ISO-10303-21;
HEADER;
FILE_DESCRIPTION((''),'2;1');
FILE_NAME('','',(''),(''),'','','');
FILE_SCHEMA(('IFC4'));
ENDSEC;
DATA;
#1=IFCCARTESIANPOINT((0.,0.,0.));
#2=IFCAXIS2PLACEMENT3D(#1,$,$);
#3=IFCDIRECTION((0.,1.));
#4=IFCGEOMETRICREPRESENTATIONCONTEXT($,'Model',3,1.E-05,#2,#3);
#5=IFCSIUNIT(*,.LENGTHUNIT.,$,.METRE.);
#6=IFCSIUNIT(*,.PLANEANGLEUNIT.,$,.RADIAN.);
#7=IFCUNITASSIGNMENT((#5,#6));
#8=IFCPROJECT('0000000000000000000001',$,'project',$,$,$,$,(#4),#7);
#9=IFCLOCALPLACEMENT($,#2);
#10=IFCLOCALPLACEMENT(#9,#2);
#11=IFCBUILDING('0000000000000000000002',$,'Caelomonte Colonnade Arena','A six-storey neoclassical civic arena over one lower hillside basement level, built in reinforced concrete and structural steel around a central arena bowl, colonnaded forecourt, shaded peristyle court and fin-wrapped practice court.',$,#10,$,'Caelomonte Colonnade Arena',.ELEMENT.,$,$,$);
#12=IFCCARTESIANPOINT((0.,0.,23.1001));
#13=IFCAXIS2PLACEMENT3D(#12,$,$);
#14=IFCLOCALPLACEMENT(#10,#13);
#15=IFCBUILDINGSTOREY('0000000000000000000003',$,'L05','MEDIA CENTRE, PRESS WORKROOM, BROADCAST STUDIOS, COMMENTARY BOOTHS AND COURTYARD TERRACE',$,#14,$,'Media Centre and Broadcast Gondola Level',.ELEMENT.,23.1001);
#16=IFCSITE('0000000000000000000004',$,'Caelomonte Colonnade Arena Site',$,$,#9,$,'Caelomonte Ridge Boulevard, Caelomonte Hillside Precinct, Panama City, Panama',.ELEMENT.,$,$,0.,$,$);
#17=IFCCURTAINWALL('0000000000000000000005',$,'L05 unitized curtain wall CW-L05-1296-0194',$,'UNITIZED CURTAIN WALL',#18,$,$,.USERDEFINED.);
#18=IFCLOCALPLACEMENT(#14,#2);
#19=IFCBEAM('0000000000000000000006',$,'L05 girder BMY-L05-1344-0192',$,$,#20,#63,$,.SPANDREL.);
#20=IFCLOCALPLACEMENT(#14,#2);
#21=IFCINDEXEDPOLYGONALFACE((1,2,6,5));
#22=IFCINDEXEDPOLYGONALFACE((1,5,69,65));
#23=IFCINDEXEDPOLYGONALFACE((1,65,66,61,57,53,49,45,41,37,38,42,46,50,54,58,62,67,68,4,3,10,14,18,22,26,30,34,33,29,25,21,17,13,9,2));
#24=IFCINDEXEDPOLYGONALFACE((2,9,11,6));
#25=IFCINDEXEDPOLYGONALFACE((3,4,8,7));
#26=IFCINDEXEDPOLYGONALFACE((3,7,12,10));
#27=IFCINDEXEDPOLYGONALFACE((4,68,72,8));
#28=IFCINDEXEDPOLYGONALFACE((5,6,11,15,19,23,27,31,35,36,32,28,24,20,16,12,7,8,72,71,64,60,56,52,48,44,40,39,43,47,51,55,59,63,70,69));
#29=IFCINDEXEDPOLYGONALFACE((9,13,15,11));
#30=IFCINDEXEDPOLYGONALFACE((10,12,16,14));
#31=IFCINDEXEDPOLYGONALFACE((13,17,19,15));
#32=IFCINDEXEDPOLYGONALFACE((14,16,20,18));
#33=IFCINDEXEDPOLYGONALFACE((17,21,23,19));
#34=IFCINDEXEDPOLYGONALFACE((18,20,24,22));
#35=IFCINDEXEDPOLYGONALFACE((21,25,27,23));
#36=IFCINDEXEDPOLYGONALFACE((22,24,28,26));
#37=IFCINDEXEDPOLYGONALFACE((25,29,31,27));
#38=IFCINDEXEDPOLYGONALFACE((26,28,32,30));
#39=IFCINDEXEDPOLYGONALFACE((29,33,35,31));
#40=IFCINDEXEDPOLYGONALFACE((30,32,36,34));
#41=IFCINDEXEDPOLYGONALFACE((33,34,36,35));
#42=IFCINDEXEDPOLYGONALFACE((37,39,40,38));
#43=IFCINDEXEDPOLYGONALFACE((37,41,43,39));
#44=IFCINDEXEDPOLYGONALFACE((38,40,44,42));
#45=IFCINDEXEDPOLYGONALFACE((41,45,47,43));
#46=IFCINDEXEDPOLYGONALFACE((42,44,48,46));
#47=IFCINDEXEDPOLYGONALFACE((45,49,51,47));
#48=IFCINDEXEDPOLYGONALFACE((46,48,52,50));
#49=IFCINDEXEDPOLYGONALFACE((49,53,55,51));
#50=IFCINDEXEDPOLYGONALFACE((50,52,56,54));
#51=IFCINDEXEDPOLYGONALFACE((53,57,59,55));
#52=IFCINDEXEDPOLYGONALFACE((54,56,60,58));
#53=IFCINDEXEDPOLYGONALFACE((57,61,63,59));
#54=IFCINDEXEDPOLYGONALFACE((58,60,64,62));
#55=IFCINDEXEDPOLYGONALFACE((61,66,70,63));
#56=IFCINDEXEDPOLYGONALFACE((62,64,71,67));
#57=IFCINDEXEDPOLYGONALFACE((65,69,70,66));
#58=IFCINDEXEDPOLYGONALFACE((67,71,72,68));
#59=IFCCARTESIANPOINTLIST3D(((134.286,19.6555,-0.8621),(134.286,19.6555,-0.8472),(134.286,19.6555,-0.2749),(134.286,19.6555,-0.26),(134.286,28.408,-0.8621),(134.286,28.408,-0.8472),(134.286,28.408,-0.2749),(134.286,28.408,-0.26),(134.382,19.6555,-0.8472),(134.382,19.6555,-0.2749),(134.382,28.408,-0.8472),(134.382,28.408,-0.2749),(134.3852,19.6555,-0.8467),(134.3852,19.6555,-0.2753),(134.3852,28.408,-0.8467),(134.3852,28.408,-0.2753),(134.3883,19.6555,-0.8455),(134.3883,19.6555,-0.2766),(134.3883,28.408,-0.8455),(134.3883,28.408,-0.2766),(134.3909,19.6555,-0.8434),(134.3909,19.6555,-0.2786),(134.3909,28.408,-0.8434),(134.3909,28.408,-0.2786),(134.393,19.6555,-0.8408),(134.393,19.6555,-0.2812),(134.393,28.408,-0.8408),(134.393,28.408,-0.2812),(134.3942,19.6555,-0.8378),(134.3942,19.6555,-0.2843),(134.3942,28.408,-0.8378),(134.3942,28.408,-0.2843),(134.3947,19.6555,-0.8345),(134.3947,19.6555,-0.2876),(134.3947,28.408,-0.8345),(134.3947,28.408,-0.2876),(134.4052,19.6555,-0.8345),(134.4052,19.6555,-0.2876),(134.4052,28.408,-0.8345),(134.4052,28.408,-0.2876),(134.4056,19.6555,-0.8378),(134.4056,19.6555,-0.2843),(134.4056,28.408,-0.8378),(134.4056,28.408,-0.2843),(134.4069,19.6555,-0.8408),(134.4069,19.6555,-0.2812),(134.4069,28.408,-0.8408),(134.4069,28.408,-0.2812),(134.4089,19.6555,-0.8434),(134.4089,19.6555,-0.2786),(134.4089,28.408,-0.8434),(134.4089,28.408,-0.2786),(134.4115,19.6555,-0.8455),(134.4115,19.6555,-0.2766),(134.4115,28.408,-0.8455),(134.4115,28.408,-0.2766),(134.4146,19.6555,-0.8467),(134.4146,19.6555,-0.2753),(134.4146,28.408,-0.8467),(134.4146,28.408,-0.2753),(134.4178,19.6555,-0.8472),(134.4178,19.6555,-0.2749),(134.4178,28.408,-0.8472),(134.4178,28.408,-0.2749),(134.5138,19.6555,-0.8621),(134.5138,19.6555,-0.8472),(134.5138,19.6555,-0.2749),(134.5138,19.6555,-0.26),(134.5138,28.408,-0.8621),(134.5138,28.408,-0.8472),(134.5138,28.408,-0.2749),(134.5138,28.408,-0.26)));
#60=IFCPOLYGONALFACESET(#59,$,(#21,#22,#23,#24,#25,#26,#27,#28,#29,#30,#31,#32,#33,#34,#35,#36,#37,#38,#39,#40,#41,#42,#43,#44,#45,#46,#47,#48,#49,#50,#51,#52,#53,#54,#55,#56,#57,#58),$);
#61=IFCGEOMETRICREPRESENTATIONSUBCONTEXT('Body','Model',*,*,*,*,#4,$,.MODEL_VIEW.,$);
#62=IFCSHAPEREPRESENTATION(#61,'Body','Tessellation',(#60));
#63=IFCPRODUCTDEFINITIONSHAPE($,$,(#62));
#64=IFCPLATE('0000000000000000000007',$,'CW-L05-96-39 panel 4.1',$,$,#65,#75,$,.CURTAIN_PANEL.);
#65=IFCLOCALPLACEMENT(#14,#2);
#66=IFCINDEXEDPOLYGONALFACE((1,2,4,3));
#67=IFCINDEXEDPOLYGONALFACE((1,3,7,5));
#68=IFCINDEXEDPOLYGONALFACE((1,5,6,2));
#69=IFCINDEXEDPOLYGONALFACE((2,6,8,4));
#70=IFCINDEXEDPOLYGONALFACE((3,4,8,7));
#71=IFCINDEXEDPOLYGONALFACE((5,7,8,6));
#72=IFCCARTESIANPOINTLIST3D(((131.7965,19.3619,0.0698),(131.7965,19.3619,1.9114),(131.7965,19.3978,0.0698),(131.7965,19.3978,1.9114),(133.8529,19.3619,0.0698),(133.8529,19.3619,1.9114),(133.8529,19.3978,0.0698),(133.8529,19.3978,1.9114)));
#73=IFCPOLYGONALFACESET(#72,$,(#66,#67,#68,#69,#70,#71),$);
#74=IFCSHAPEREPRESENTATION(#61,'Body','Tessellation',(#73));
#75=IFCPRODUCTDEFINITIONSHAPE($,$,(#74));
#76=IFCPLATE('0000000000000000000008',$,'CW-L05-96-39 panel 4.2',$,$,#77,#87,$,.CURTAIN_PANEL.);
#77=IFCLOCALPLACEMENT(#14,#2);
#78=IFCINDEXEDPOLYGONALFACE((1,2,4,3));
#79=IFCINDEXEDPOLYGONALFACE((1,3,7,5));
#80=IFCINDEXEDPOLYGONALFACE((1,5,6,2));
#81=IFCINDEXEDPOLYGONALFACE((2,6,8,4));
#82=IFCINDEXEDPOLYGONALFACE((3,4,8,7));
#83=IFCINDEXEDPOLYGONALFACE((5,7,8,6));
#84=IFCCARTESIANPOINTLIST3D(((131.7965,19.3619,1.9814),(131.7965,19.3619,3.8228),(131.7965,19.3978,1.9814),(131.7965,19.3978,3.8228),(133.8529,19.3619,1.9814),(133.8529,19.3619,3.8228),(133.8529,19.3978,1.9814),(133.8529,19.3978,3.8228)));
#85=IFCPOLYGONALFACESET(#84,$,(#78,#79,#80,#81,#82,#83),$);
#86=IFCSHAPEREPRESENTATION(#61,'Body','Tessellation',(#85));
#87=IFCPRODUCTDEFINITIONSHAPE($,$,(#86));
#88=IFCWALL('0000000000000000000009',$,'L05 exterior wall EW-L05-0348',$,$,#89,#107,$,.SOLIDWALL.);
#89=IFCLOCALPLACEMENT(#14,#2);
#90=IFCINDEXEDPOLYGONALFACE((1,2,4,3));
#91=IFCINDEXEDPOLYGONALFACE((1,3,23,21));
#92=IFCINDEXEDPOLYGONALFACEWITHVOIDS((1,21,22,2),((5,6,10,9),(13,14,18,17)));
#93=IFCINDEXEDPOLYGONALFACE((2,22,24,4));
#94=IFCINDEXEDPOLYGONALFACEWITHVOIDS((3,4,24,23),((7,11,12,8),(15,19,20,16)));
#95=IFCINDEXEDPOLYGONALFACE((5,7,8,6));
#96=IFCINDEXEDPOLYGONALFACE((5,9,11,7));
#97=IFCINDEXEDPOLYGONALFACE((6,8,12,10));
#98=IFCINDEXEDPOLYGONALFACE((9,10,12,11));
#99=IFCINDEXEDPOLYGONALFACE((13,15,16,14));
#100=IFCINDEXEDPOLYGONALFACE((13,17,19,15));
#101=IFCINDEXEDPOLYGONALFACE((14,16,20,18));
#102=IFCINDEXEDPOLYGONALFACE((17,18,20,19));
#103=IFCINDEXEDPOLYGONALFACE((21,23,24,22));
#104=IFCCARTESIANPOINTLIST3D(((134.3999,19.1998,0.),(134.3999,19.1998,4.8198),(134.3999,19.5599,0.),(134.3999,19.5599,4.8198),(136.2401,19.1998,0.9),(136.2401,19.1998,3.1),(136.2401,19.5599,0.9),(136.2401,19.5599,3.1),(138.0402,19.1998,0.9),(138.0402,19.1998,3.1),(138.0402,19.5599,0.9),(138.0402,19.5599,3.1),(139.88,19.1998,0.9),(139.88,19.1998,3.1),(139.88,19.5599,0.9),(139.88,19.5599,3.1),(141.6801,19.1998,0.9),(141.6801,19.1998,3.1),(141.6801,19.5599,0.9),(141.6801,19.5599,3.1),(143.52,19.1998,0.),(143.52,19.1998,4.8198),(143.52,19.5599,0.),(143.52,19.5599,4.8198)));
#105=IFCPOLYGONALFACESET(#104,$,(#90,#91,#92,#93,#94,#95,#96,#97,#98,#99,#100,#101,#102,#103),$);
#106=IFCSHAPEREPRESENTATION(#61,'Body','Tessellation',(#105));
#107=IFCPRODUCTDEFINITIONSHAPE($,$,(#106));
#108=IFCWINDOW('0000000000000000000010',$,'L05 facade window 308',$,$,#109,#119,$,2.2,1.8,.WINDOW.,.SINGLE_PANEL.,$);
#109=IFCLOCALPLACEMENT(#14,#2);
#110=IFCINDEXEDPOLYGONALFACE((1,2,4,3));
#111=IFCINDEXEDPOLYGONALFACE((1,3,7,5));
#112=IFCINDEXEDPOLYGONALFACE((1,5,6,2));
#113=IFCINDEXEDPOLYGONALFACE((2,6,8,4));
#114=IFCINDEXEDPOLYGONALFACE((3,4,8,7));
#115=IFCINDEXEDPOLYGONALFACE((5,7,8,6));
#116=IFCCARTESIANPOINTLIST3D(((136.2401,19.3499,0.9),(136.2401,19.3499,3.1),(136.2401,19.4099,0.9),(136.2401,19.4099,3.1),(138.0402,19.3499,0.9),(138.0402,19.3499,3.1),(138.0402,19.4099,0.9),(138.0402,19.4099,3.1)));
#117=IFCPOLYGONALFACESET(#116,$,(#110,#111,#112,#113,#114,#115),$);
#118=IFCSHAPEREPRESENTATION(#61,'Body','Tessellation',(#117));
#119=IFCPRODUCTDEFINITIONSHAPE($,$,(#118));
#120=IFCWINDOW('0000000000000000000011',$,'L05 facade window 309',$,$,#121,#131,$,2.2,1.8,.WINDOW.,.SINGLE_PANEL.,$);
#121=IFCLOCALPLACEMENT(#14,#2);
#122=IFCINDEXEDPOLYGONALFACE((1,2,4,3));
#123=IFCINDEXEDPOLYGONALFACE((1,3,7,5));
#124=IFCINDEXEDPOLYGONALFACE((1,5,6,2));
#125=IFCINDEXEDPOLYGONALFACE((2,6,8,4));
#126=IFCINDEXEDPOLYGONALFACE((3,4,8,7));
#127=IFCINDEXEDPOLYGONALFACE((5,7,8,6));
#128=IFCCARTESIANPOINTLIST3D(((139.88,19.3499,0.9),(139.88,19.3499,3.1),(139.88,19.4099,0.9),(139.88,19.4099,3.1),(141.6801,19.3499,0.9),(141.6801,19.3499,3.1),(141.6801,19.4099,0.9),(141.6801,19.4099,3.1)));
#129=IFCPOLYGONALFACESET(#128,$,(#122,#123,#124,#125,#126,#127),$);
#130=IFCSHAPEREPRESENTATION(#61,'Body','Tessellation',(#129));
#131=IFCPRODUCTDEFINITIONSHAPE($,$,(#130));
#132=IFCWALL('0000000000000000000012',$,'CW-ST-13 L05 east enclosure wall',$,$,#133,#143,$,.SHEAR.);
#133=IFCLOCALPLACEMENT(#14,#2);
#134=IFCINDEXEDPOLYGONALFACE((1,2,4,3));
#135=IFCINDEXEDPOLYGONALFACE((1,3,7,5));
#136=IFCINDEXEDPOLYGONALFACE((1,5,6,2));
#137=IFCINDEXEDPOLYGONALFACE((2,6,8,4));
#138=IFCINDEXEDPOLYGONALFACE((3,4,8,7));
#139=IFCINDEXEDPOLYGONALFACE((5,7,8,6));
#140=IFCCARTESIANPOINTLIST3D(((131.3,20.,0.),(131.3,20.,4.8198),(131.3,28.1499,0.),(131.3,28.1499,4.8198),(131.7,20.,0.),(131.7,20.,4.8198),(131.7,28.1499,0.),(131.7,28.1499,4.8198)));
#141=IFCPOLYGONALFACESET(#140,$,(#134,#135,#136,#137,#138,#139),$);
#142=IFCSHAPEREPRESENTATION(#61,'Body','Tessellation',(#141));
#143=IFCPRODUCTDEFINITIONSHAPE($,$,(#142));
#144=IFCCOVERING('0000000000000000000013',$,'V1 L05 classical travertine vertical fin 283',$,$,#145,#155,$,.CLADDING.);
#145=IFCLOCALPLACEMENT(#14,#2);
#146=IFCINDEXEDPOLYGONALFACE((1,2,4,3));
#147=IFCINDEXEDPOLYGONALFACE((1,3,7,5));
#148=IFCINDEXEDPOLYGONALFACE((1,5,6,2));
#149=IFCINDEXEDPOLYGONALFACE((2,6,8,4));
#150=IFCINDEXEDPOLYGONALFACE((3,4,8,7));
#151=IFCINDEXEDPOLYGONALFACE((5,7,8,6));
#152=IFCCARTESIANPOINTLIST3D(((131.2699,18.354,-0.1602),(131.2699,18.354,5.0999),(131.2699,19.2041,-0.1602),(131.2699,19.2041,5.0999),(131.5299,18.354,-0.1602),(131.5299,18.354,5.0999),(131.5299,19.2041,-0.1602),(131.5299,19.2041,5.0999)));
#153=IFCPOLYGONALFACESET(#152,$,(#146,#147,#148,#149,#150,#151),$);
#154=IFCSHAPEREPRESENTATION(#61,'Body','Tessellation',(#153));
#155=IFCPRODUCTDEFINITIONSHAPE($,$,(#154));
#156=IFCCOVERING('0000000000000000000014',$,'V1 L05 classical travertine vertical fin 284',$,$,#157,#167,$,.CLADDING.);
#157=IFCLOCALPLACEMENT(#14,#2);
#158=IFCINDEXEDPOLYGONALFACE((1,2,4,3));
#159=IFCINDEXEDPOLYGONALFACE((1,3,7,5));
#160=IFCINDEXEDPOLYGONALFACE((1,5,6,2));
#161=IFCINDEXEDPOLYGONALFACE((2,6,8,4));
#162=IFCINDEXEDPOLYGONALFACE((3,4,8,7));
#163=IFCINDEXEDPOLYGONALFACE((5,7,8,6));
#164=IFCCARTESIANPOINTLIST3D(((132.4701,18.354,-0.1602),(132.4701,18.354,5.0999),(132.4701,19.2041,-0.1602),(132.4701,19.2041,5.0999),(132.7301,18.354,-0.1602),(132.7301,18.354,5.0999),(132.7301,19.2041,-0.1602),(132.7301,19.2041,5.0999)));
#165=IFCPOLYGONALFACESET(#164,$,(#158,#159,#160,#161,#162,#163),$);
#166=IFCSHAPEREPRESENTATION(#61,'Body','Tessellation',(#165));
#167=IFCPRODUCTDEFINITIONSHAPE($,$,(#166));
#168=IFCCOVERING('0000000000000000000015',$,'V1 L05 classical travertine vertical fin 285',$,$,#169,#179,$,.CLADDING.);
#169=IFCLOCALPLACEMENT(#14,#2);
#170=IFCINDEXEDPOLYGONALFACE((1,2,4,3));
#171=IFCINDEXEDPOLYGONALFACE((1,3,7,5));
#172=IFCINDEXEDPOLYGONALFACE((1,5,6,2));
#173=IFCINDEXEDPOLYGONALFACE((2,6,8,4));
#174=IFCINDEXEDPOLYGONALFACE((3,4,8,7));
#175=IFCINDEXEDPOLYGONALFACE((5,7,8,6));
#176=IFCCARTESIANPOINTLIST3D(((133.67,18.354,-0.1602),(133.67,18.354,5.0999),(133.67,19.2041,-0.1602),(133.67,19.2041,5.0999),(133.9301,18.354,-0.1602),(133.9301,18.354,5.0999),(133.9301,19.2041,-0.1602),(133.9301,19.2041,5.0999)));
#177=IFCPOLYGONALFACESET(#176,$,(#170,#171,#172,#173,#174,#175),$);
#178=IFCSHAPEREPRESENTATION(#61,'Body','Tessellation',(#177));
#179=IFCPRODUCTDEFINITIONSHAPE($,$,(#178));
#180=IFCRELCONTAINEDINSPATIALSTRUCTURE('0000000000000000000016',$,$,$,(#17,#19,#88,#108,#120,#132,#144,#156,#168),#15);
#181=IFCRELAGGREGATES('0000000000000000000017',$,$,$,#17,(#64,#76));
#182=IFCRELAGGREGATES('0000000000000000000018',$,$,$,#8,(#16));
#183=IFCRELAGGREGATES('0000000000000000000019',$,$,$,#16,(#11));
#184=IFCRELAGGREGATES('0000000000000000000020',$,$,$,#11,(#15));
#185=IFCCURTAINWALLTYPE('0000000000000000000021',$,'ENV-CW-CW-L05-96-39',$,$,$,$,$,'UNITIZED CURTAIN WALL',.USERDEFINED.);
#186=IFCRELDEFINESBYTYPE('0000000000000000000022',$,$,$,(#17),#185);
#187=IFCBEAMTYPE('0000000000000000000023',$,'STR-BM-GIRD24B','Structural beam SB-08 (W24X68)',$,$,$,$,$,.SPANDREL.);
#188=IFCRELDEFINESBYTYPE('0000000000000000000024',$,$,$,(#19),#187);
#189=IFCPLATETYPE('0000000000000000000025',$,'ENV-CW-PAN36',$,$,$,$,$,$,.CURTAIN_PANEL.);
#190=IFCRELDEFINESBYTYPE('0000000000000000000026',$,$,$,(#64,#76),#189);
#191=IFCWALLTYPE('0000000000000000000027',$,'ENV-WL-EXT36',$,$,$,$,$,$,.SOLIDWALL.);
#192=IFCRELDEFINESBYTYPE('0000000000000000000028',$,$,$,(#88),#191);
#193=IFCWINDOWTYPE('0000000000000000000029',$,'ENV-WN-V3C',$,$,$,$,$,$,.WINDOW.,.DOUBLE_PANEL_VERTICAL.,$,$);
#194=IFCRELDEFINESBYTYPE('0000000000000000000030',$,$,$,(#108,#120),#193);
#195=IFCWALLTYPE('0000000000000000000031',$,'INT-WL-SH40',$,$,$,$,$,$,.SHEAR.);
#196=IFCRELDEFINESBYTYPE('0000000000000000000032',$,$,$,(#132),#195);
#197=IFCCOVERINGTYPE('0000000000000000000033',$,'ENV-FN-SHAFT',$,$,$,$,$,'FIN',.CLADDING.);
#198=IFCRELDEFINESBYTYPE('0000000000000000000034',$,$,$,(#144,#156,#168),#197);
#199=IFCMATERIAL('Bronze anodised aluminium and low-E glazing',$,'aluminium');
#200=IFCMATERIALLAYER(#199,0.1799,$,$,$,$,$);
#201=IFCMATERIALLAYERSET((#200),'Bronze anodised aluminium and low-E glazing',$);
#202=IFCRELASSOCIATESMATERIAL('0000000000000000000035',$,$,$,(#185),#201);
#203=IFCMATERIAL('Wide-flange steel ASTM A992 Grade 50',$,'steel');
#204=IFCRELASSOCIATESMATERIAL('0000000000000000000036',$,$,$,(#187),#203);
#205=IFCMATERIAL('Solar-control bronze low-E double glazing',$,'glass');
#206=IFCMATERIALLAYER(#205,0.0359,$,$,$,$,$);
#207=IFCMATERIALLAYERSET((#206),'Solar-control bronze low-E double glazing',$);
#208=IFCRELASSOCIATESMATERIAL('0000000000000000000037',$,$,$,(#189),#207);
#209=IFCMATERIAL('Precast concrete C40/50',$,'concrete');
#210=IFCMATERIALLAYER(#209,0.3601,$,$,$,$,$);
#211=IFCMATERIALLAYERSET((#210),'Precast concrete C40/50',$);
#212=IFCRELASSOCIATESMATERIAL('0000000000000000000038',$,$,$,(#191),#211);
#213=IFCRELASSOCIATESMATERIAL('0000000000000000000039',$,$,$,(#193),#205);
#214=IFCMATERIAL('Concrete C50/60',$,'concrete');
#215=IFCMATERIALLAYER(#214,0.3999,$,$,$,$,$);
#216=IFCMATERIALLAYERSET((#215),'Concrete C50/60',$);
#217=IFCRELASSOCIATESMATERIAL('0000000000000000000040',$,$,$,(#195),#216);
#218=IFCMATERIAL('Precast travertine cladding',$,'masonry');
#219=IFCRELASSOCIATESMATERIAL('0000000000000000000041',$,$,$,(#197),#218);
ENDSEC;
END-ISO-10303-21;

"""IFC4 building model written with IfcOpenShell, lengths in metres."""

from ifc_helpers import new_model, si_unit, direction, frame, frame_2d, origin, origin_2d, place, context, subcontext, project, spatial, rectangle, i_section, extrude, material, layer, layer_set, material_profile, profile_set, type_object, element, fill, aggregate, save


model = new_model("IFC4")

# Units and contexts
model_context = context("Model", 3, precision=1e-05, world=origin(), true_north=direction((0.0, 1.0)))
body_context = subcontext(model_context, "Body", "Model", "MODEL_VIEW")
ifc_project = project(units=[si_unit("LENGTHUNIT", "METRE"), si_unit("PLANEANGLEUNIT", "RADIAN")], contexts=[model_context])

# Site, building, storey
site_placement = place(None, origin())
site = spatial("IfcSite", under=ifc_project, at=site_placement, Name="Caelomonte Colonnade Arena Site", LongName="Caelomonte Ridge Boulevard, Caelomonte Hillside Precinct, Panama City, Panama", CompositionType="ELEMENT", RefElevation=0.0)
building_placement = place(site_placement, origin())
building = spatial("IfcBuilding", under=site, at=building_placement, Name="Caelomonte Colonnade Arena", Description="A six-storey neoclassical civic arena over one lower hillside basement level, built in reinforced concrete and structural steel around a central arena bowl, colonnaded forecourt, shaded peristyle court and fin-wrapped practice court.", LongName="Caelomonte Colonnade Arena", CompositionType="ELEMENT")
storey_placement = place(building_placement, frame((0.0, 0.0, 23.1001)))
storey = spatial("IfcBuildingStorey", under=building, at=storey_placement, Name="L05", Description="MEDIA CENTRE, PRESS WORKROOM, BROADCAST STUDIOS, COMMENTARY BOOTHS AND COURTYARD TERRACE", LongName="Media Centre and Broadcast Gondola Level", CompositionType="ELEMENT", Elevation=23.1001)

# Shared definitions
ifc_material_1 = material(Name="Wide-flange steel ASTM A992 Grade 50", Category="steel")

# Curtain wall
ifc_material_2 = material(Name="Bronze anodised aluminium and low-E glazing", Category="aluminium")
ifc_layer_1 = layer(ifc_material_2, 0.1799)
ifc_layer_set_1 = layer_set([ifc_layer_1], Name="Bronze anodised aluminium and low-E glazing")
curtain_wall_type = type_object("IfcCurtainWallType", Name="ENV-CW-CW-L05-96-39", ElementType="UNITIZED CURTAIN WALL", PredefinedType="USERDEFINED", material=ifc_layer_set_1)
curtain_wall_placement = place(storey_placement, origin())
curtain_wall = element("IfcCurtainWall", 1, at=curtain_wall_placement, inside=storey, type_object=curtain_wall_type, Name="L05 unitized curtain wall CW-L05-1296-0194", ObjectType="UNITIZED CURTAIN WALL", PredefinedType="USERDEFINED")

# Beam
ifc_material_profile_1 = material_profile(ifc_material_1, i_section(OverallWidth=0.2278, OverallDepth=0.6021, WebThickness=0.0105, FlangeThickness=0.0149, FilletRadius=0.0127, at=origin_2d()), Name="W24X68")
ifc_profile_set_1 = profile_set([ifc_material_profile_1], Name="Wide-flange steel ASTM A992 Grade 50")
beam_type_1 = type_object("IfcBeamType", Name="STR-BM-GIRD24B", Description="Structural beam SB-08 (W24X68)", PredefinedType="SPANDREL", material=ifc_profile_set_1)
beam_1_placement = place(storey_placement, frame((134.3999, 19.6555, -0.561), z_axis=(0.0, 1.0, 0.0), x_axis=(-1.0, 0.0, 0.0)))
element("IfcBeam", 2, at=beam_1_placement, inside=storey, type_object=beam_type_1, Name="L05 girder BMY-L05-1344-0192", PredefinedType="SPANDREL", context=body_context, shape_type="SweptSolid", body=[
    extrude(i_section(OverallWidth=0.2278, OverallDepth=0.6021, WebThickness=0.0105, FlangeThickness=0.0149, FilletRadius=0.0127, at=origin_2d()), origin(), (0.0, 0.0, 1.0), 8.7524),
])

# Plates
ifc_material_3 = material(Name="Solar-control bronze low-E double glazing", Category="glass")
ifc_layer_2 = layer(ifc_material_3, 0.0359)
ifc_layer_set_2 = layer_set([ifc_layer_2], Name="Solar-control bronze low-E double glazing")
plate_type = type_object("IfcPlateType", Name="ENV-CW-PAN36", PredefinedType="CURTAIN_PANEL", material=ifc_layer_set_2)
plate_1_placement = place(storey_placement, frame((132.8247, 19.3799, 0.0698), z_axis=(0.0, 0.0, 1.0), x_axis=(1.0, 0.0, 0.0)))
plate_1 = element("IfcPlate", 3, at=plate_1_placement, type_object=plate_type, Name="CW-L05-96-39 panel 4.1", PredefinedType="CURTAIN_PANEL", context=body_context, shape_type="SweptSolid", body=[
    extrude(rectangle(XDim=2.0564, YDim=0.0359, at=origin_2d()), origin(), (0.0, 0.0, 1.0), 1.8416),
])
plate_2_placement = place(storey_placement, frame((132.8247, 19.3799, 1.9814), z_axis=(0.0, 0.0, 1.0), x_axis=(1.0, 0.0, 0.0)))
plate_2 = element("IfcPlate", 4, at=plate_2_placement, type_object=plate_type, Name="CW-L05-96-39 panel 4.2", PredefinedType="CURTAIN_PANEL", context=body_context, shape_type="SweptSolid", body=[
    extrude(rectangle(XDim=2.0564, YDim=0.0359, at=origin_2d()), origin(), (0.0, 0.0, 1.0), 1.8413),
])
aggregate(curtain_wall, [plate_1, plate_2])

# Wall, openings, windows
ifc_material_4 = material(Name="Precast concrete C40/50", Category="concrete")
ifc_layer_3 = layer(ifc_material_4, 0.3601)
ifc_layer_set_3 = layer_set([ifc_layer_3], Name="Precast concrete C40/50")
wall_type_1 = type_object("IfcWallType", Name="ENV-WL-EXT36", PredefinedType="SOLIDWALL", material=ifc_layer_set_3)
wall_1_placement = place(storey_placement, frame((134.3999, 19.3799, 0.0), z_axis=(0.0, 0.0, 1.0), x_axis=(1.0, 0.0, 0.0)))
wall_1 = element("IfcWall", 5, at=wall_1_placement, inside=storey, type_object=wall_type_1, Name="L05 exterior wall EW-L05-0348", PredefinedType="SOLIDWALL", context=body_context, shape_type="SweptSolid", body=[
    extrude(rectangle(XDim=9.1201, YDim=0.3601, at=frame_2d((4.5601, 0.0))), origin(), (0.0, 0.0, 1.0), 4.8198),
])
opening_1_placement = place(wall_1_placement, frame((3.6401, 0.0, 0.8999), z_axis=(0.0, 0.0, 1.0), x_axis=(-1.0, 0.0, 0.0)))
opening_1 = element("IfcOpeningElement", 6, at=opening_1_placement, cuts=wall_1, PredefinedType="OPENING", context=body_context, shape_type="SweptSolid", body=[
    extrude(rectangle(XDim=1.8, YDim=2.2, at=frame_2d((0.8999, 1.1001))), frame((0.0, 0.1899, 0.0), z_axis=(0.0, -1.0, 0.0), x_axis=(1.0, 0.0, 0.0)), (0.0, 0.0, 1.0), 0.3801),
])
opening_2_placement = place(wall_1_placement, frame((7.28, 0.0, 0.8999), z_axis=(0.0, 0.0, 1.0), x_axis=(-1.0, 0.0, 0.0)))
opening_2 = element("IfcOpeningElement", 7, at=opening_2_placement, cuts=wall_1, PredefinedType="OPENING", context=body_context, shape_type="SweptSolid", body=[
    extrude(rectangle(XDim=1.8, YDim=2.2, at=frame_2d((0.8999, 1.1001))), frame((0.0, 0.1899, 0.0), z_axis=(0.0, -1.0, 0.0), x_axis=(1.0, 0.0, 0.0)), (0.0, 0.0, 1.0), 0.3801),
])
window_type = type_object("IfcWindowType", Name="ENV-WN-V3C", PartitioningType="DOUBLE_PANEL_VERTICAL", PredefinedType="WINDOW", material=ifc_material_3)
window_1_placement = place(opening_1_placement, origin())
window_1 = element("IfcWindow", 8, at=window_1_placement, inside=storey, type_object=window_type, Name="L05 facade window 308", OverallHeight=2.2, OverallWidth=1.8, PartitioningType="SINGLE_PANEL", PredefinedType="WINDOW", context=body_context, shape_type="SweptSolid", body=[
    extrude(rectangle(XDim=1.8, YDim=2.2, at=frame_2d((0.8999, 1.1001))), frame((0.0, 0.03, 0.0), z_axis=(0.0, -1.0, 0.0), x_axis=(1.0, 0.0, 0.0)), (0.0, 0.0, 1.0), 0.0601),
])
fill(opening_1, window_1)
window_2_placement = place(opening_2_placement, origin())
window_2 = element("IfcWindow", 9, at=window_2_placement, inside=storey, type_object=window_type, Name="L05 facade window 309", OverallHeight=2.2, OverallWidth=1.8, PartitioningType="SINGLE_PANEL", PredefinedType="WINDOW", context=body_context, shape_type="SweptSolid", body=[
    extrude(rectangle(XDim=1.8, YDim=2.2, at=frame_2d((0.8999, 1.1001))), frame((0.0, 0.03, 0.0), z_axis=(0.0, -1.0, 0.0), x_axis=(1.0, 0.0, 0.0)), (0.0, 0.0, 1.0), 0.0601),
])
fill(opening_2, window_2)

# Wall
ifc_material_5 = material(Name="Concrete C50/60", Category="concrete")
ifc_layer_4 = layer(ifc_material_5, 0.3999)
ifc_layer_set_4 = layer_set([ifc_layer_4], Name="Concrete C50/60")
wall_type_2 = type_object("IfcWallType", Name="INT-WL-SH40", PredefinedType="SHEAR", material=ifc_layer_set_4)
wall_2_placement = place(storey_placement, frame((131.5, 20.0, 0.0), z_axis=(0.0, 0.0, 1.0), x_axis=(0.0, 1.0, 0.0)))
element("IfcWall", 10, at=wall_2_placement, inside=storey, type_object=wall_type_2, Name="CW-ST-13 L05 east enclosure wall", PredefinedType="SHEAR", context=body_context, shape_type="SweptSolid", body=[
    extrude(rectangle(XDim=8.1499, YDim=0.3999, at=frame_2d((4.075, 0.0))), origin(), (0.0, 0.0, 1.0), 4.8198),
])

# Coverings
ifc_material_6 = material(Name="Precast travertine cladding", Category="masonry")
ifc_material_profile_2 = material_profile(ifc_material_6, rectangle(XDim=0.26, YDim=0.8501, at=origin_2d()), Name="FIN260X850")
ifc_profile_set_2 = profile_set([ifc_material_profile_2], Name="Precast travertine cladding")
covering_type = type_object("IfcCoveringType", Name="ENV-FN-SHAFT", ElementType="FIN", PredefinedType="CLADDING", material=ifc_profile_set_2)
for number, where, z_axis, x_axis, name in (
    (11, (131.3999, 18.7791, -0.1602), (0.0, 0.0, 1.0), (-1.0, 0.0, 0.0), "V1 L05 classical travertine vertical fin 283"),
    (12, (132.6001, 18.7791, -0.1602), (0.0, 0.0, 1.0), (-1.0, 0.0, 0.0), "V1 L05 classical travertine vertical fin 284"),
    (13, (133.8, 18.7791, -0.1602), (0.0, 0.0, 1.0), (-1.0, 0.0, 0.0), "V1 L05 classical travertine vertical fin 285"),
):
    element("IfcCovering", number, at=place(storey_placement, frame(where, z_axis=z_axis, x_axis=x_axis)), inside=storey, type_object=covering_type, Name=name, PredefinedType="CLADDING", context=body_context, shape_type="SweptSolid", body=[
        extrude(rectangle(XDim=0.26, YDim=0.8501, at=origin_2d()), origin(), (0.0, 0.0, 1.0), 5.26),
    ])

save(model, "model.ifc")
